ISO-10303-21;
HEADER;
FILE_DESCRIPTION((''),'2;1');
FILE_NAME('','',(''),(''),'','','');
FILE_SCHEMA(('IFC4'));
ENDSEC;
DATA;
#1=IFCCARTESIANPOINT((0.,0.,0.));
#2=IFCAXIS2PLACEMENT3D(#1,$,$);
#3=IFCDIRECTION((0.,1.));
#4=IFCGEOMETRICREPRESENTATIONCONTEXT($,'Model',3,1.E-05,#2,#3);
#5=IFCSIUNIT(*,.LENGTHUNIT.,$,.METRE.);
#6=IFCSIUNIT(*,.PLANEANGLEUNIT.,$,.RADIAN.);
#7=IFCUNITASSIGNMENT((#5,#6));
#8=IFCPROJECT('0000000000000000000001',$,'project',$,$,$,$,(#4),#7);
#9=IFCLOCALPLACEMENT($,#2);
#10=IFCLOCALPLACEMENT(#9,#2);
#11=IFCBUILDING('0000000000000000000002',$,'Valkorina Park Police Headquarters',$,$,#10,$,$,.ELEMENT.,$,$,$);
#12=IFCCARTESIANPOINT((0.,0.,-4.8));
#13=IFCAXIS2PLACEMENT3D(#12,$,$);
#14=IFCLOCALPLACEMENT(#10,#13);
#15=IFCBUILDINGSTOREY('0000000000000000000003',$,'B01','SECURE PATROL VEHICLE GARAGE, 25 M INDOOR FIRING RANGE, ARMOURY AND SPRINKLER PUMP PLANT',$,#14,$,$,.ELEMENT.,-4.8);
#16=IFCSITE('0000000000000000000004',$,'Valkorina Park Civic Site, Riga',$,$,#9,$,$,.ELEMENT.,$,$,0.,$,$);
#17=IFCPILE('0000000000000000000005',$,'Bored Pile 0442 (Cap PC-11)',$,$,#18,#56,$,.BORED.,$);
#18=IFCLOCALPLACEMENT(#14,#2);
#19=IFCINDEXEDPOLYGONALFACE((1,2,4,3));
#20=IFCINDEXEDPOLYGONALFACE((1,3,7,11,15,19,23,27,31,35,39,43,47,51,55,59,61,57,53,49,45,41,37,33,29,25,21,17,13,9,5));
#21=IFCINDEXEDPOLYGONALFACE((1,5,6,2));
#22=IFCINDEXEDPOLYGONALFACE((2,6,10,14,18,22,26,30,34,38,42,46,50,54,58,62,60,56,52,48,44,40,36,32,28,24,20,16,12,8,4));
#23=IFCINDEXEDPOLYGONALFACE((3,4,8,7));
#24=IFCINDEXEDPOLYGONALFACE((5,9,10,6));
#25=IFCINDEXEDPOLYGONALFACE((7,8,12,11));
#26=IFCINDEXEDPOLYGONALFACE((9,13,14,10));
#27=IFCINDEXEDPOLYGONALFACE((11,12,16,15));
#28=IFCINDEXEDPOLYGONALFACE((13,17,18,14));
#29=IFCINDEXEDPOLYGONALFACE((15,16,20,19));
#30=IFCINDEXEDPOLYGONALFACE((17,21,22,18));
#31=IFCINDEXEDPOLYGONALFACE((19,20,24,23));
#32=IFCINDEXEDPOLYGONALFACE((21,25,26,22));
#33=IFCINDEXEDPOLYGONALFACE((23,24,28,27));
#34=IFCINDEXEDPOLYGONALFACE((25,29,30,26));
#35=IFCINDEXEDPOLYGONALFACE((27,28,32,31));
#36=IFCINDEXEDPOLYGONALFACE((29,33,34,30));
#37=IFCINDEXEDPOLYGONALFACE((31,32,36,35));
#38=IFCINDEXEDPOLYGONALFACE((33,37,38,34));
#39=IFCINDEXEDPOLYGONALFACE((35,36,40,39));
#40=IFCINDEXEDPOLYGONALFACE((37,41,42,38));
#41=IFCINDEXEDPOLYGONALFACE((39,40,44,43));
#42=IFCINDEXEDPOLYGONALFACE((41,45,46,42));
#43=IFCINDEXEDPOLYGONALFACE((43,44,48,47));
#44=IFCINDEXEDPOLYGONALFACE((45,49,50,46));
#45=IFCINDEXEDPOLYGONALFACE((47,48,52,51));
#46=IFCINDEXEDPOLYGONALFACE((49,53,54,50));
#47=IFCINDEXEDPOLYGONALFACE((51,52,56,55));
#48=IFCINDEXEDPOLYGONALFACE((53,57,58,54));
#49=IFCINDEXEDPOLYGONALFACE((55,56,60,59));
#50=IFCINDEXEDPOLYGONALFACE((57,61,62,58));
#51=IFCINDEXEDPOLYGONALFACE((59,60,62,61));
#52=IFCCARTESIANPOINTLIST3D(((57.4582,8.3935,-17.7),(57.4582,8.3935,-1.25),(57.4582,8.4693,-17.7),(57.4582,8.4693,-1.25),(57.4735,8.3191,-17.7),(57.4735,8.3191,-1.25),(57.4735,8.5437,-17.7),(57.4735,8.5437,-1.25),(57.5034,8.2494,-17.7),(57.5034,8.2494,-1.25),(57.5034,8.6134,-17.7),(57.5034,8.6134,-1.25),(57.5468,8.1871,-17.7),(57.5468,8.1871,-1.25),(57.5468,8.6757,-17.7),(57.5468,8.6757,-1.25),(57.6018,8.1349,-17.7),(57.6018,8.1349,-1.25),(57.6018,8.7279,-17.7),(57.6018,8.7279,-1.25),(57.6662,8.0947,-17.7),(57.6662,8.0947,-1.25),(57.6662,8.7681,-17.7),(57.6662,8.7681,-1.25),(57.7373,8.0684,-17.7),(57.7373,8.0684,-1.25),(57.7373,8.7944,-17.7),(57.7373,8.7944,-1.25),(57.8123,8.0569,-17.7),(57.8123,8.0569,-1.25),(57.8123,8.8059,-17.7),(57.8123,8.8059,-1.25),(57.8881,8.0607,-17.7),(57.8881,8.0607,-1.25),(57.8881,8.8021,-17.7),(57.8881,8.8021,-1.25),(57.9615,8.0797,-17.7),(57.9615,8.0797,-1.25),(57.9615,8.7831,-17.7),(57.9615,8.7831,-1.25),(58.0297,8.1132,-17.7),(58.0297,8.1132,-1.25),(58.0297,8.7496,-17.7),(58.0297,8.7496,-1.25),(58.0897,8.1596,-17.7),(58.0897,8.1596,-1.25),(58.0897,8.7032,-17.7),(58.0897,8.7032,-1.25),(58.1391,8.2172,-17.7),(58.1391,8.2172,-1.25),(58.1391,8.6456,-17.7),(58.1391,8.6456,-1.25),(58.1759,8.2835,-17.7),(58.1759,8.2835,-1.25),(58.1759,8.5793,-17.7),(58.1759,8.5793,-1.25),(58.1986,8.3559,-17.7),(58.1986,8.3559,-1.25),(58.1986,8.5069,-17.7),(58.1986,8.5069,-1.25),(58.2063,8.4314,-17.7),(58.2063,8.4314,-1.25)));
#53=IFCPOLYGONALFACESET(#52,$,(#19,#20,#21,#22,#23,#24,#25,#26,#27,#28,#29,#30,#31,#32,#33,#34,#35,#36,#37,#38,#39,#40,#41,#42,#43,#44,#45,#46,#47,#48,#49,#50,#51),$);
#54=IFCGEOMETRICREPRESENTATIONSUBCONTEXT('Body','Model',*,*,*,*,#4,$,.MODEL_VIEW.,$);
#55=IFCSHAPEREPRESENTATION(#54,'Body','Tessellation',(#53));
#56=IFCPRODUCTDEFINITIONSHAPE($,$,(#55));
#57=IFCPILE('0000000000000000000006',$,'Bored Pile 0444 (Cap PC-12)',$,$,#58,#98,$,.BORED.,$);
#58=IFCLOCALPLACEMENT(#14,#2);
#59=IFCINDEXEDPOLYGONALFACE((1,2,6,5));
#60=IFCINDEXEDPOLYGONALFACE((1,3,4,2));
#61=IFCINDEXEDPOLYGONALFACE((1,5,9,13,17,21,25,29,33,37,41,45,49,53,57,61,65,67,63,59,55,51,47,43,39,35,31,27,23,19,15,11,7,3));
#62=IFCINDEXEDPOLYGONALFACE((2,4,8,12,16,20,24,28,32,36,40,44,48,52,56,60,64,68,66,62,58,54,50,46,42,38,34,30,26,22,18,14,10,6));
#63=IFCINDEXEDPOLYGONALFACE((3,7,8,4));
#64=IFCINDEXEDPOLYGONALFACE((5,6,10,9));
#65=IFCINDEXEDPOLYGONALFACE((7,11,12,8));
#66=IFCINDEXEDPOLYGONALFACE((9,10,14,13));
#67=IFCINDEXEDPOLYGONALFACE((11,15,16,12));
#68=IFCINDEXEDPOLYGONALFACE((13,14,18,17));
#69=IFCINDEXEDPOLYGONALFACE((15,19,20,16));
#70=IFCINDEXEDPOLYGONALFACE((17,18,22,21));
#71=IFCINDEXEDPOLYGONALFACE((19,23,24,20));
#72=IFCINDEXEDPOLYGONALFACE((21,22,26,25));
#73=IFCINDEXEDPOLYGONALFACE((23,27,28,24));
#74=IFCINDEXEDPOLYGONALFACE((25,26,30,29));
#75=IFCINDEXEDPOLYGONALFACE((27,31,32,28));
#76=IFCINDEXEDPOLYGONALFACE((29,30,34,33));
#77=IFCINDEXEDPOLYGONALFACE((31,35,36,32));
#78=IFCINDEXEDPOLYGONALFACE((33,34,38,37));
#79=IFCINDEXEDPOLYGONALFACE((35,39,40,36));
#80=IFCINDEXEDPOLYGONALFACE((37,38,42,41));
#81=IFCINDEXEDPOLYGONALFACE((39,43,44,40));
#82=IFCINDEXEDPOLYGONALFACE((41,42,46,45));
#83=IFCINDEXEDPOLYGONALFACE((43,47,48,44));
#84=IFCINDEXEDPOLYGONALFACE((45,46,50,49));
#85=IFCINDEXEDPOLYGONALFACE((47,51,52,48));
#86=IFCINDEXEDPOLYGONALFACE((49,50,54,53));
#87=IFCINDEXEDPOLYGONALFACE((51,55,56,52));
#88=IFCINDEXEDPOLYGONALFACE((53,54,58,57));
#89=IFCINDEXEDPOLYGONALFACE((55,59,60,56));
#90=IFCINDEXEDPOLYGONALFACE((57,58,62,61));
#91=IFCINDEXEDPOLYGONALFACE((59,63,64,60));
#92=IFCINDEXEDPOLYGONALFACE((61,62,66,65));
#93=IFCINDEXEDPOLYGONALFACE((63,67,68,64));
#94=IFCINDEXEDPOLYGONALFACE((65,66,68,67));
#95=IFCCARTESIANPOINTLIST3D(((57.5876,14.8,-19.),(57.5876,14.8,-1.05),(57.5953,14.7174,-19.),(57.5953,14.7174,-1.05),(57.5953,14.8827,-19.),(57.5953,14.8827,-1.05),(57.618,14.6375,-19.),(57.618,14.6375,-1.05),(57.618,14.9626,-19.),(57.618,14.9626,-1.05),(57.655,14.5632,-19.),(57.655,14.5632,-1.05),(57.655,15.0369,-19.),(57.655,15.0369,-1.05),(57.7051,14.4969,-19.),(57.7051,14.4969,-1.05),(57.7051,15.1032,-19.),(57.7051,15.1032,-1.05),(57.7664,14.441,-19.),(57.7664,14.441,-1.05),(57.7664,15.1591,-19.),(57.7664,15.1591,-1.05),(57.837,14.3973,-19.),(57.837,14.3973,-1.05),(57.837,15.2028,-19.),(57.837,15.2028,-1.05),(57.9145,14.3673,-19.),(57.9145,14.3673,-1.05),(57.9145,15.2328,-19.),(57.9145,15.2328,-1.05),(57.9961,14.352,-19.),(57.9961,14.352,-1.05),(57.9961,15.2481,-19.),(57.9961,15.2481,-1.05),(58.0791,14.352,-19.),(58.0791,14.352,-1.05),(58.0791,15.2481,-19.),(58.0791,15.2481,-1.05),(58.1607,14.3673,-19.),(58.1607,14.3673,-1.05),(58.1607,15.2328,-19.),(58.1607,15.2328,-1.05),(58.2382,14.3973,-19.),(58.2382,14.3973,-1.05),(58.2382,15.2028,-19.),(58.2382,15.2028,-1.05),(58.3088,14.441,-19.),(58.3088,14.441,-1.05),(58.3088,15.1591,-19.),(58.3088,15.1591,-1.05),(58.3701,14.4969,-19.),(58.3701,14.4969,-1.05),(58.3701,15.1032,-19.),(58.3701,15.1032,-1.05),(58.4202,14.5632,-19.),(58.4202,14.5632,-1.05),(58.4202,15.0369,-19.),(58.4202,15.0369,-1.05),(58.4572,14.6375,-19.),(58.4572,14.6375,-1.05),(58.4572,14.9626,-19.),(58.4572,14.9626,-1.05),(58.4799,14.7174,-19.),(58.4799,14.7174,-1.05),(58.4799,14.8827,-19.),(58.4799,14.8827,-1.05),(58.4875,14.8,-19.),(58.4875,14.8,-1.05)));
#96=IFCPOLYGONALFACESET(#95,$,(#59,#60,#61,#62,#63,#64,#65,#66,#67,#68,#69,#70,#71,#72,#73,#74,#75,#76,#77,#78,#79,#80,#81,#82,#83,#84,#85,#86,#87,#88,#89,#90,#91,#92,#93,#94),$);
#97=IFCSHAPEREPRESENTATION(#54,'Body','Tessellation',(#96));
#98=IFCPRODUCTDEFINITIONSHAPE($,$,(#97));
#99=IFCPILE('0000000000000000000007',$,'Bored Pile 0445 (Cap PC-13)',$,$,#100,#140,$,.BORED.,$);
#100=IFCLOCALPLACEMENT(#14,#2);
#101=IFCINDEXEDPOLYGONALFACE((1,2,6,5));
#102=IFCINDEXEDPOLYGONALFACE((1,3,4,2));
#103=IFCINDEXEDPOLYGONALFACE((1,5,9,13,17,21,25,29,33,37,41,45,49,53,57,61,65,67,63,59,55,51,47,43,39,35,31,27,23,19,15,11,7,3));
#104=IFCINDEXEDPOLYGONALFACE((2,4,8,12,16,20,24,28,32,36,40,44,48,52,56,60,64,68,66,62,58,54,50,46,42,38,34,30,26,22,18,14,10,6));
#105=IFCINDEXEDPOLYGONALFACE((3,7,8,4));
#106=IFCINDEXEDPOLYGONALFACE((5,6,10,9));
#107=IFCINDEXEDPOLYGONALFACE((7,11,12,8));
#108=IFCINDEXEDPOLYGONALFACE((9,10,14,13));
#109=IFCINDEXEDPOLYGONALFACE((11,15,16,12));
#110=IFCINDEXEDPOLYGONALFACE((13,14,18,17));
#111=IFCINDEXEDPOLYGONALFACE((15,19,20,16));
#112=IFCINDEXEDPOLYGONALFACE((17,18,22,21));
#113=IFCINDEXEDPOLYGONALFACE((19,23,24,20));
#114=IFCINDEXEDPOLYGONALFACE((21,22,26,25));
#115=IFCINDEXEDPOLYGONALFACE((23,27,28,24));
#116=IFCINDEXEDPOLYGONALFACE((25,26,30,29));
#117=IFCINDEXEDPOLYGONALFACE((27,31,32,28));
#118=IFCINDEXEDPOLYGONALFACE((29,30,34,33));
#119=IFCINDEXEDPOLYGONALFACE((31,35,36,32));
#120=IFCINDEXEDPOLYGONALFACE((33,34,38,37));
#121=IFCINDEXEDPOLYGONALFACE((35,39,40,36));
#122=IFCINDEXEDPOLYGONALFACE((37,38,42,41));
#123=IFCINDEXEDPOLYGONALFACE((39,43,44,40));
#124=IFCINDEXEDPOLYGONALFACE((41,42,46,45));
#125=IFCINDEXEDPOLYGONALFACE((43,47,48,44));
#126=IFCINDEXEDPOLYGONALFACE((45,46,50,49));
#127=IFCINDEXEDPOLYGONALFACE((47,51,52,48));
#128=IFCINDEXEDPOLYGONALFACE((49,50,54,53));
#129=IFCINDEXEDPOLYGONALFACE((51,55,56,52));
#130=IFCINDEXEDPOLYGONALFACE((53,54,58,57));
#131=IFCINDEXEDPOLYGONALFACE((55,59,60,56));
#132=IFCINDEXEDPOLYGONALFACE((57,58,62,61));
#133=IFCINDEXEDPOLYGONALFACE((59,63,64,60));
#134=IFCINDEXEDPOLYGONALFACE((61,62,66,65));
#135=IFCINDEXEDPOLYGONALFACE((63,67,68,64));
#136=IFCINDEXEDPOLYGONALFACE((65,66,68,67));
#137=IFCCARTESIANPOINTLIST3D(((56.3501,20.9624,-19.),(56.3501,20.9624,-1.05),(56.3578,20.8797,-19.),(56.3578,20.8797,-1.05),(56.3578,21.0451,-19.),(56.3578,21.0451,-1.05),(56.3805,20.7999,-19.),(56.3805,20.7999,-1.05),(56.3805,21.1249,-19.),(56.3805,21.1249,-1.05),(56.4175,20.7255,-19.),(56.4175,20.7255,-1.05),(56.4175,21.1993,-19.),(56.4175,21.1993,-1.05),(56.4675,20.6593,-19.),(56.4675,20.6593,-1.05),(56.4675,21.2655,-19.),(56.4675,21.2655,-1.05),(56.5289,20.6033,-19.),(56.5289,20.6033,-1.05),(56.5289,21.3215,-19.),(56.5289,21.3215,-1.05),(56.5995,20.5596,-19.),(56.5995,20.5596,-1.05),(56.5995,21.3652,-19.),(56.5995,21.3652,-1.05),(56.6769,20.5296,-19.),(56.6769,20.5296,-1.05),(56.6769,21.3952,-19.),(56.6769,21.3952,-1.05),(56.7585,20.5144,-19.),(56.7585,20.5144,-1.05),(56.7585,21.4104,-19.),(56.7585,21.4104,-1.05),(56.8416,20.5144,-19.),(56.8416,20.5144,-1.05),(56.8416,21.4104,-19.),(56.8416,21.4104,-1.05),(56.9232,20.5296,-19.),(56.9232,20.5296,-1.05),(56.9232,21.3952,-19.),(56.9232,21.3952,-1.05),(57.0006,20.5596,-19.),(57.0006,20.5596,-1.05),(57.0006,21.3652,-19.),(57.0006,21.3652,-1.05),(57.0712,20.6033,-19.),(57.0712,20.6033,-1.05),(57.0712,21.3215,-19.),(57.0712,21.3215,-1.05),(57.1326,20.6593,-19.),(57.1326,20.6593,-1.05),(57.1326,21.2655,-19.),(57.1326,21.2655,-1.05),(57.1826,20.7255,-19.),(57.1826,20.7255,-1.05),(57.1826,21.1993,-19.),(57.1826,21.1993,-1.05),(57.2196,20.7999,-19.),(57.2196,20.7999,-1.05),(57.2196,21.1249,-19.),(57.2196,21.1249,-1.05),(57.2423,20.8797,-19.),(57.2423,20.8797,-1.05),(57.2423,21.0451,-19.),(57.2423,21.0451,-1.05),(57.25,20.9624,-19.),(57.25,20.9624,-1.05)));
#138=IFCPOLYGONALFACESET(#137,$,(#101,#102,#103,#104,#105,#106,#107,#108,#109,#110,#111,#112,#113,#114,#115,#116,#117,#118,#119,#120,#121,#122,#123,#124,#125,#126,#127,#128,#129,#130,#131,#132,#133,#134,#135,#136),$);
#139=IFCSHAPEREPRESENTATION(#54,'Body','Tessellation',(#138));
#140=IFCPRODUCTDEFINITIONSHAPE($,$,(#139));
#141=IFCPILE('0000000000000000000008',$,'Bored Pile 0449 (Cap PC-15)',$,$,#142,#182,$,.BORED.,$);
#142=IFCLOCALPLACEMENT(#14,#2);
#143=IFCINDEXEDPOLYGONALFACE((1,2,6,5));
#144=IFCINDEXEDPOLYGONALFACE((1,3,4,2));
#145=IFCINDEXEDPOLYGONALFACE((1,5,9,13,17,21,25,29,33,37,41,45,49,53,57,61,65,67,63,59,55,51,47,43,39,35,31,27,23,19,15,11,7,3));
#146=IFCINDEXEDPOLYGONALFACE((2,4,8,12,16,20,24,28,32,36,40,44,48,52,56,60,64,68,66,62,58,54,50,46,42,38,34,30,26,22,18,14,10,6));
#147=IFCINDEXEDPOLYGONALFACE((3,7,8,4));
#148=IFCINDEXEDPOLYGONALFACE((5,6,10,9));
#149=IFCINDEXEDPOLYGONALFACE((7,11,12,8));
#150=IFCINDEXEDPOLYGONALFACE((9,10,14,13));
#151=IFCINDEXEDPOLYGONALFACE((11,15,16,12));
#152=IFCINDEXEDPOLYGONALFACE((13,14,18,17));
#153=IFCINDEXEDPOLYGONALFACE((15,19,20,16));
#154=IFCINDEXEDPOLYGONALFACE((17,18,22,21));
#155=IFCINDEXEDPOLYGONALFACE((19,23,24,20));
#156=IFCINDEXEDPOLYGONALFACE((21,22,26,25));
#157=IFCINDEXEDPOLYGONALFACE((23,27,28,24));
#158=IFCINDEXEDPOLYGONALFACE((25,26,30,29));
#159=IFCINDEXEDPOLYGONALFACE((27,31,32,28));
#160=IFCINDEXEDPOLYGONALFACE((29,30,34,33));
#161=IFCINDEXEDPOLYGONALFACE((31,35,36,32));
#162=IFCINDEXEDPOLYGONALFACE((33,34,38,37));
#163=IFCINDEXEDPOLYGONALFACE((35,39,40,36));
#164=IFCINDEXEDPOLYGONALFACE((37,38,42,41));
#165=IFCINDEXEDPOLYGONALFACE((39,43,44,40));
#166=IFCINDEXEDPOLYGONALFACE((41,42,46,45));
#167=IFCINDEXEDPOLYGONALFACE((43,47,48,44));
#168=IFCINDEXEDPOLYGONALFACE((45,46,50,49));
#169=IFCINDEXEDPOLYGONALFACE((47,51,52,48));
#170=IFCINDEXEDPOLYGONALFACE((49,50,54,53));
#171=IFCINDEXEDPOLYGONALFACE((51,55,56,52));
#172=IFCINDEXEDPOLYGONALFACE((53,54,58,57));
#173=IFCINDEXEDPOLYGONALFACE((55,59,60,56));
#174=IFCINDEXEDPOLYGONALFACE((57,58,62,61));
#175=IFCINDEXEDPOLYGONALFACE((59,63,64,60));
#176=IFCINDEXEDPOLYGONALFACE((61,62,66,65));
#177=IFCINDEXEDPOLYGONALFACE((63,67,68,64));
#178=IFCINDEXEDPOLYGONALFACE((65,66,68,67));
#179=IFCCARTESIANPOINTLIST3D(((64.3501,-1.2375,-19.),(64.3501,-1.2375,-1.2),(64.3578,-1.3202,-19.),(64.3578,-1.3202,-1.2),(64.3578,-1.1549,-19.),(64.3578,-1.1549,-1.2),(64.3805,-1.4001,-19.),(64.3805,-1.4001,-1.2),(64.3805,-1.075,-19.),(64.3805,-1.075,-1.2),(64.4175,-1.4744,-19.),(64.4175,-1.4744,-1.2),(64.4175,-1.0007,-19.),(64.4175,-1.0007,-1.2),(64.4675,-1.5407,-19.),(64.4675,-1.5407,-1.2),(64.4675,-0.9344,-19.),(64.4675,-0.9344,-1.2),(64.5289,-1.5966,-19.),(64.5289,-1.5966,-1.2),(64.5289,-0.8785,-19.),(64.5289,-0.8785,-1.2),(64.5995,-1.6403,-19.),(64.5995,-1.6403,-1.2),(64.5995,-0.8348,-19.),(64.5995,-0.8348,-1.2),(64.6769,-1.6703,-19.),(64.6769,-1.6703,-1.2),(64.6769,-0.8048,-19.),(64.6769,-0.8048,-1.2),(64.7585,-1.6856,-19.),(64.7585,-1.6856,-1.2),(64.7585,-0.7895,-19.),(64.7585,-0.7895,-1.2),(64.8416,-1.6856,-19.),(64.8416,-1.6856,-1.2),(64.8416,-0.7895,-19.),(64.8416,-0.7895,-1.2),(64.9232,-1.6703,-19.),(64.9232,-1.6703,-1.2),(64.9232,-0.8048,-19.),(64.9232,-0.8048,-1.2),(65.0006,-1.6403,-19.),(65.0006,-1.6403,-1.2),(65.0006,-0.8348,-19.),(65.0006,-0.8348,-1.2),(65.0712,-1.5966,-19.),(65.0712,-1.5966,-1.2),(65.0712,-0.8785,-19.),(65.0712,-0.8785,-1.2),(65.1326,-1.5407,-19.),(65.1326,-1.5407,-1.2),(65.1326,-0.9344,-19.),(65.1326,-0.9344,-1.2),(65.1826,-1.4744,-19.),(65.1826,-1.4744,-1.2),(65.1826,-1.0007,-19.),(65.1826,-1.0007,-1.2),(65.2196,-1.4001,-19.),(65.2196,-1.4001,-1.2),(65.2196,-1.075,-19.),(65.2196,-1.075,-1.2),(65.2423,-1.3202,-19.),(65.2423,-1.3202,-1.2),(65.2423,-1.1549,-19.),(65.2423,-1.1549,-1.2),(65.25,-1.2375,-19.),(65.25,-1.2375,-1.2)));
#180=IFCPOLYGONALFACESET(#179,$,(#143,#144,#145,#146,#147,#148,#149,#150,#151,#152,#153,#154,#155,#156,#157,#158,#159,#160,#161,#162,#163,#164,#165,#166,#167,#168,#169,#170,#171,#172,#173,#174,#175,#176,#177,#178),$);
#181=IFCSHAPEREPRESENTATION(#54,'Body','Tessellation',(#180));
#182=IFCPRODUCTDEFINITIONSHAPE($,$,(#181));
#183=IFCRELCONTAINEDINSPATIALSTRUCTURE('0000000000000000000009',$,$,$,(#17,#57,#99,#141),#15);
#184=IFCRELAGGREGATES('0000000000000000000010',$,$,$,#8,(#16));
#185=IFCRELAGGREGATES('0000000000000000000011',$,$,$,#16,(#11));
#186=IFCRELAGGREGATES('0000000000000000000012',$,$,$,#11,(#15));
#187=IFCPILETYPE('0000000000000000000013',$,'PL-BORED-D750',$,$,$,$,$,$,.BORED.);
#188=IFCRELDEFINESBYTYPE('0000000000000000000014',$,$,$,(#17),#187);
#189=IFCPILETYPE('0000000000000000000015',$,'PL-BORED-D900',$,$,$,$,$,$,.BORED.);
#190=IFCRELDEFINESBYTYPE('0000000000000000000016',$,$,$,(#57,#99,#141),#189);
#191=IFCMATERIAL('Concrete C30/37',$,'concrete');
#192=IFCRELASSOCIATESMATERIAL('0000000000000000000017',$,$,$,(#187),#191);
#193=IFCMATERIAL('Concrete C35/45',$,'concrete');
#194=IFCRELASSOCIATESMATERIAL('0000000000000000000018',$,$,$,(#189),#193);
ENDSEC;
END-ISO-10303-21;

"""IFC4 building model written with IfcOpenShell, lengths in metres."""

from ifc_helpers import new_model, si_unit, direction, frame, origin, origin_2d, place, context, subcontext, project, spatial, circle, extrude, material, material_profile, profile_set, type_object, element, save


model = new_model("IFC4")

# Units and contexts
model_context = context("Model", 3, precision=1e-05, world=origin(), true_north=direction((0.0, 1.0)))
body_context = subcontext(model_context, "Body", "Model", "MODEL_VIEW")
ifc_project = project(units=[si_unit("LENGTHUNIT", "METRE"), si_unit("PLANEANGLEUNIT", "RADIAN")], contexts=[model_context])

# Site, building, storey
site_placement = place(None, origin())
site = spatial("IfcSite", under=ifc_project, at=site_placement, Name="Valkorina Park Civic Site, Riga", CompositionType="ELEMENT", RefElevation=0.0)
building_placement = place(site_placement, origin())
building = spatial("IfcBuilding", under=site, at=building_placement, Name="Valkorina Park Police Headquarters", CompositionType="ELEMENT")
storey_placement = place(building_placement, frame((0.0, 0.0, -4.8)))
storey = spatial("IfcBuildingStorey", under=building, at=storey_placement, Name="B01", Description="SECURE PATROL VEHICLE GARAGE, 25 M INDOOR FIRING RANGE, ARMOURY AND SPRINKLER PUMP PLANT", CompositionType="ELEMENT", Elevation=-4.8)

# Piles
ifc_material_1 = material(Name="Concrete C30/37", Category="concrete")
ifc_material_profile_1 = material_profile(ifc_material_1, circle(Radius=0.375, at=origin_2d()), Name="BORED PILE D750")
ifc_profile_set_1 = profile_set([ifc_material_profile_1], Name="Concrete C30/37")
pile_type_1 = type_object("IfcPileType", Name="PL-BORED-D750", PredefinedType="BORED", material=ifc_profile_set_1)
for number, where, z_axis, x_axis, name in (
    (1, (57.8313, 8.4314, -1.25), (0.0, 0.0, -1.0), (1.0, 0.0, 0.0), "Bored Pile 0442 (Cap PC-11)"),
):
    element("IfcPile", number, at=place(storey_placement, frame(where, z_axis=z_axis, x_axis=x_axis)), inside=storey, type_object=pile_type_1, Name=name, PredefinedType="BORED", context=body_context, shape_type="SweptSolid", body=[
        extrude(circle(Radius=0.375, at=origin_2d()), origin(), (0.0, 0.0, 1.0), 16.45),
    ])
ifc_material_2 = material(Name="Concrete C35/45", Category="concrete")
ifc_material_profile_2 = material_profile(ifc_material_2, circle(Radius=0.45, at=origin_2d()), Name="BORED PILE D900")
ifc_profile_set_2 = profile_set([ifc_material_profile_2], Name="Concrete C35/45")
pile_type_2 = type_object("IfcPileType", Name="PL-BORED-D900", PredefinedType="BORED", material=ifc_profile_set_2)
for number, where, z_axis, x_axis, name in (
    (2, (58.0376, 14.8, -1.05), (0.0, 0.0, -1.0), (1.0, 0.0, 0.0), "Bored Pile 0444 (Cap PC-12)"),
    (3, (56.8, 20.9624, -1.05), (0.0, 0.0, -1.0), (1.0, 0.0, 0.0), "Bored Pile 0445 (Cap PC-13)"),
):
    element("IfcPile", number, at=place(storey_placement, frame(where, z_axis=z_axis, x_axis=x_axis)), inside=storey, type_object=pile_type_2, Name=name, PredefinedType="BORED", context=body_context, shape_type="SweptSolid", body=[
        extrude(circle(Radius=0.45, at=origin_2d()), origin(), (0.0, 0.0, 1.0), 17.95),
    ])
for number, where, z_axis, x_axis, name in (
    (4, (64.8, -1.2375, -1.2), (0.0, 0.0, -1.0), (1.0, 0.0, 0.0), "Bored Pile 0449 (Cap PC-15)"),
):
    element("IfcPile", number, at=place(storey_placement, frame(where, z_axis=z_axis, x_axis=x_axis)), inside=storey, type_object=pile_type_2, Name=name, PredefinedType="BORED", context=body_context, shape_type="SweptSolid", body=[
        extrude(circle(Radius=0.45, at=origin_2d()), origin(), (0.0, 0.0, 1.0), 17.8),
    ])

save(model, "model.ifc")
